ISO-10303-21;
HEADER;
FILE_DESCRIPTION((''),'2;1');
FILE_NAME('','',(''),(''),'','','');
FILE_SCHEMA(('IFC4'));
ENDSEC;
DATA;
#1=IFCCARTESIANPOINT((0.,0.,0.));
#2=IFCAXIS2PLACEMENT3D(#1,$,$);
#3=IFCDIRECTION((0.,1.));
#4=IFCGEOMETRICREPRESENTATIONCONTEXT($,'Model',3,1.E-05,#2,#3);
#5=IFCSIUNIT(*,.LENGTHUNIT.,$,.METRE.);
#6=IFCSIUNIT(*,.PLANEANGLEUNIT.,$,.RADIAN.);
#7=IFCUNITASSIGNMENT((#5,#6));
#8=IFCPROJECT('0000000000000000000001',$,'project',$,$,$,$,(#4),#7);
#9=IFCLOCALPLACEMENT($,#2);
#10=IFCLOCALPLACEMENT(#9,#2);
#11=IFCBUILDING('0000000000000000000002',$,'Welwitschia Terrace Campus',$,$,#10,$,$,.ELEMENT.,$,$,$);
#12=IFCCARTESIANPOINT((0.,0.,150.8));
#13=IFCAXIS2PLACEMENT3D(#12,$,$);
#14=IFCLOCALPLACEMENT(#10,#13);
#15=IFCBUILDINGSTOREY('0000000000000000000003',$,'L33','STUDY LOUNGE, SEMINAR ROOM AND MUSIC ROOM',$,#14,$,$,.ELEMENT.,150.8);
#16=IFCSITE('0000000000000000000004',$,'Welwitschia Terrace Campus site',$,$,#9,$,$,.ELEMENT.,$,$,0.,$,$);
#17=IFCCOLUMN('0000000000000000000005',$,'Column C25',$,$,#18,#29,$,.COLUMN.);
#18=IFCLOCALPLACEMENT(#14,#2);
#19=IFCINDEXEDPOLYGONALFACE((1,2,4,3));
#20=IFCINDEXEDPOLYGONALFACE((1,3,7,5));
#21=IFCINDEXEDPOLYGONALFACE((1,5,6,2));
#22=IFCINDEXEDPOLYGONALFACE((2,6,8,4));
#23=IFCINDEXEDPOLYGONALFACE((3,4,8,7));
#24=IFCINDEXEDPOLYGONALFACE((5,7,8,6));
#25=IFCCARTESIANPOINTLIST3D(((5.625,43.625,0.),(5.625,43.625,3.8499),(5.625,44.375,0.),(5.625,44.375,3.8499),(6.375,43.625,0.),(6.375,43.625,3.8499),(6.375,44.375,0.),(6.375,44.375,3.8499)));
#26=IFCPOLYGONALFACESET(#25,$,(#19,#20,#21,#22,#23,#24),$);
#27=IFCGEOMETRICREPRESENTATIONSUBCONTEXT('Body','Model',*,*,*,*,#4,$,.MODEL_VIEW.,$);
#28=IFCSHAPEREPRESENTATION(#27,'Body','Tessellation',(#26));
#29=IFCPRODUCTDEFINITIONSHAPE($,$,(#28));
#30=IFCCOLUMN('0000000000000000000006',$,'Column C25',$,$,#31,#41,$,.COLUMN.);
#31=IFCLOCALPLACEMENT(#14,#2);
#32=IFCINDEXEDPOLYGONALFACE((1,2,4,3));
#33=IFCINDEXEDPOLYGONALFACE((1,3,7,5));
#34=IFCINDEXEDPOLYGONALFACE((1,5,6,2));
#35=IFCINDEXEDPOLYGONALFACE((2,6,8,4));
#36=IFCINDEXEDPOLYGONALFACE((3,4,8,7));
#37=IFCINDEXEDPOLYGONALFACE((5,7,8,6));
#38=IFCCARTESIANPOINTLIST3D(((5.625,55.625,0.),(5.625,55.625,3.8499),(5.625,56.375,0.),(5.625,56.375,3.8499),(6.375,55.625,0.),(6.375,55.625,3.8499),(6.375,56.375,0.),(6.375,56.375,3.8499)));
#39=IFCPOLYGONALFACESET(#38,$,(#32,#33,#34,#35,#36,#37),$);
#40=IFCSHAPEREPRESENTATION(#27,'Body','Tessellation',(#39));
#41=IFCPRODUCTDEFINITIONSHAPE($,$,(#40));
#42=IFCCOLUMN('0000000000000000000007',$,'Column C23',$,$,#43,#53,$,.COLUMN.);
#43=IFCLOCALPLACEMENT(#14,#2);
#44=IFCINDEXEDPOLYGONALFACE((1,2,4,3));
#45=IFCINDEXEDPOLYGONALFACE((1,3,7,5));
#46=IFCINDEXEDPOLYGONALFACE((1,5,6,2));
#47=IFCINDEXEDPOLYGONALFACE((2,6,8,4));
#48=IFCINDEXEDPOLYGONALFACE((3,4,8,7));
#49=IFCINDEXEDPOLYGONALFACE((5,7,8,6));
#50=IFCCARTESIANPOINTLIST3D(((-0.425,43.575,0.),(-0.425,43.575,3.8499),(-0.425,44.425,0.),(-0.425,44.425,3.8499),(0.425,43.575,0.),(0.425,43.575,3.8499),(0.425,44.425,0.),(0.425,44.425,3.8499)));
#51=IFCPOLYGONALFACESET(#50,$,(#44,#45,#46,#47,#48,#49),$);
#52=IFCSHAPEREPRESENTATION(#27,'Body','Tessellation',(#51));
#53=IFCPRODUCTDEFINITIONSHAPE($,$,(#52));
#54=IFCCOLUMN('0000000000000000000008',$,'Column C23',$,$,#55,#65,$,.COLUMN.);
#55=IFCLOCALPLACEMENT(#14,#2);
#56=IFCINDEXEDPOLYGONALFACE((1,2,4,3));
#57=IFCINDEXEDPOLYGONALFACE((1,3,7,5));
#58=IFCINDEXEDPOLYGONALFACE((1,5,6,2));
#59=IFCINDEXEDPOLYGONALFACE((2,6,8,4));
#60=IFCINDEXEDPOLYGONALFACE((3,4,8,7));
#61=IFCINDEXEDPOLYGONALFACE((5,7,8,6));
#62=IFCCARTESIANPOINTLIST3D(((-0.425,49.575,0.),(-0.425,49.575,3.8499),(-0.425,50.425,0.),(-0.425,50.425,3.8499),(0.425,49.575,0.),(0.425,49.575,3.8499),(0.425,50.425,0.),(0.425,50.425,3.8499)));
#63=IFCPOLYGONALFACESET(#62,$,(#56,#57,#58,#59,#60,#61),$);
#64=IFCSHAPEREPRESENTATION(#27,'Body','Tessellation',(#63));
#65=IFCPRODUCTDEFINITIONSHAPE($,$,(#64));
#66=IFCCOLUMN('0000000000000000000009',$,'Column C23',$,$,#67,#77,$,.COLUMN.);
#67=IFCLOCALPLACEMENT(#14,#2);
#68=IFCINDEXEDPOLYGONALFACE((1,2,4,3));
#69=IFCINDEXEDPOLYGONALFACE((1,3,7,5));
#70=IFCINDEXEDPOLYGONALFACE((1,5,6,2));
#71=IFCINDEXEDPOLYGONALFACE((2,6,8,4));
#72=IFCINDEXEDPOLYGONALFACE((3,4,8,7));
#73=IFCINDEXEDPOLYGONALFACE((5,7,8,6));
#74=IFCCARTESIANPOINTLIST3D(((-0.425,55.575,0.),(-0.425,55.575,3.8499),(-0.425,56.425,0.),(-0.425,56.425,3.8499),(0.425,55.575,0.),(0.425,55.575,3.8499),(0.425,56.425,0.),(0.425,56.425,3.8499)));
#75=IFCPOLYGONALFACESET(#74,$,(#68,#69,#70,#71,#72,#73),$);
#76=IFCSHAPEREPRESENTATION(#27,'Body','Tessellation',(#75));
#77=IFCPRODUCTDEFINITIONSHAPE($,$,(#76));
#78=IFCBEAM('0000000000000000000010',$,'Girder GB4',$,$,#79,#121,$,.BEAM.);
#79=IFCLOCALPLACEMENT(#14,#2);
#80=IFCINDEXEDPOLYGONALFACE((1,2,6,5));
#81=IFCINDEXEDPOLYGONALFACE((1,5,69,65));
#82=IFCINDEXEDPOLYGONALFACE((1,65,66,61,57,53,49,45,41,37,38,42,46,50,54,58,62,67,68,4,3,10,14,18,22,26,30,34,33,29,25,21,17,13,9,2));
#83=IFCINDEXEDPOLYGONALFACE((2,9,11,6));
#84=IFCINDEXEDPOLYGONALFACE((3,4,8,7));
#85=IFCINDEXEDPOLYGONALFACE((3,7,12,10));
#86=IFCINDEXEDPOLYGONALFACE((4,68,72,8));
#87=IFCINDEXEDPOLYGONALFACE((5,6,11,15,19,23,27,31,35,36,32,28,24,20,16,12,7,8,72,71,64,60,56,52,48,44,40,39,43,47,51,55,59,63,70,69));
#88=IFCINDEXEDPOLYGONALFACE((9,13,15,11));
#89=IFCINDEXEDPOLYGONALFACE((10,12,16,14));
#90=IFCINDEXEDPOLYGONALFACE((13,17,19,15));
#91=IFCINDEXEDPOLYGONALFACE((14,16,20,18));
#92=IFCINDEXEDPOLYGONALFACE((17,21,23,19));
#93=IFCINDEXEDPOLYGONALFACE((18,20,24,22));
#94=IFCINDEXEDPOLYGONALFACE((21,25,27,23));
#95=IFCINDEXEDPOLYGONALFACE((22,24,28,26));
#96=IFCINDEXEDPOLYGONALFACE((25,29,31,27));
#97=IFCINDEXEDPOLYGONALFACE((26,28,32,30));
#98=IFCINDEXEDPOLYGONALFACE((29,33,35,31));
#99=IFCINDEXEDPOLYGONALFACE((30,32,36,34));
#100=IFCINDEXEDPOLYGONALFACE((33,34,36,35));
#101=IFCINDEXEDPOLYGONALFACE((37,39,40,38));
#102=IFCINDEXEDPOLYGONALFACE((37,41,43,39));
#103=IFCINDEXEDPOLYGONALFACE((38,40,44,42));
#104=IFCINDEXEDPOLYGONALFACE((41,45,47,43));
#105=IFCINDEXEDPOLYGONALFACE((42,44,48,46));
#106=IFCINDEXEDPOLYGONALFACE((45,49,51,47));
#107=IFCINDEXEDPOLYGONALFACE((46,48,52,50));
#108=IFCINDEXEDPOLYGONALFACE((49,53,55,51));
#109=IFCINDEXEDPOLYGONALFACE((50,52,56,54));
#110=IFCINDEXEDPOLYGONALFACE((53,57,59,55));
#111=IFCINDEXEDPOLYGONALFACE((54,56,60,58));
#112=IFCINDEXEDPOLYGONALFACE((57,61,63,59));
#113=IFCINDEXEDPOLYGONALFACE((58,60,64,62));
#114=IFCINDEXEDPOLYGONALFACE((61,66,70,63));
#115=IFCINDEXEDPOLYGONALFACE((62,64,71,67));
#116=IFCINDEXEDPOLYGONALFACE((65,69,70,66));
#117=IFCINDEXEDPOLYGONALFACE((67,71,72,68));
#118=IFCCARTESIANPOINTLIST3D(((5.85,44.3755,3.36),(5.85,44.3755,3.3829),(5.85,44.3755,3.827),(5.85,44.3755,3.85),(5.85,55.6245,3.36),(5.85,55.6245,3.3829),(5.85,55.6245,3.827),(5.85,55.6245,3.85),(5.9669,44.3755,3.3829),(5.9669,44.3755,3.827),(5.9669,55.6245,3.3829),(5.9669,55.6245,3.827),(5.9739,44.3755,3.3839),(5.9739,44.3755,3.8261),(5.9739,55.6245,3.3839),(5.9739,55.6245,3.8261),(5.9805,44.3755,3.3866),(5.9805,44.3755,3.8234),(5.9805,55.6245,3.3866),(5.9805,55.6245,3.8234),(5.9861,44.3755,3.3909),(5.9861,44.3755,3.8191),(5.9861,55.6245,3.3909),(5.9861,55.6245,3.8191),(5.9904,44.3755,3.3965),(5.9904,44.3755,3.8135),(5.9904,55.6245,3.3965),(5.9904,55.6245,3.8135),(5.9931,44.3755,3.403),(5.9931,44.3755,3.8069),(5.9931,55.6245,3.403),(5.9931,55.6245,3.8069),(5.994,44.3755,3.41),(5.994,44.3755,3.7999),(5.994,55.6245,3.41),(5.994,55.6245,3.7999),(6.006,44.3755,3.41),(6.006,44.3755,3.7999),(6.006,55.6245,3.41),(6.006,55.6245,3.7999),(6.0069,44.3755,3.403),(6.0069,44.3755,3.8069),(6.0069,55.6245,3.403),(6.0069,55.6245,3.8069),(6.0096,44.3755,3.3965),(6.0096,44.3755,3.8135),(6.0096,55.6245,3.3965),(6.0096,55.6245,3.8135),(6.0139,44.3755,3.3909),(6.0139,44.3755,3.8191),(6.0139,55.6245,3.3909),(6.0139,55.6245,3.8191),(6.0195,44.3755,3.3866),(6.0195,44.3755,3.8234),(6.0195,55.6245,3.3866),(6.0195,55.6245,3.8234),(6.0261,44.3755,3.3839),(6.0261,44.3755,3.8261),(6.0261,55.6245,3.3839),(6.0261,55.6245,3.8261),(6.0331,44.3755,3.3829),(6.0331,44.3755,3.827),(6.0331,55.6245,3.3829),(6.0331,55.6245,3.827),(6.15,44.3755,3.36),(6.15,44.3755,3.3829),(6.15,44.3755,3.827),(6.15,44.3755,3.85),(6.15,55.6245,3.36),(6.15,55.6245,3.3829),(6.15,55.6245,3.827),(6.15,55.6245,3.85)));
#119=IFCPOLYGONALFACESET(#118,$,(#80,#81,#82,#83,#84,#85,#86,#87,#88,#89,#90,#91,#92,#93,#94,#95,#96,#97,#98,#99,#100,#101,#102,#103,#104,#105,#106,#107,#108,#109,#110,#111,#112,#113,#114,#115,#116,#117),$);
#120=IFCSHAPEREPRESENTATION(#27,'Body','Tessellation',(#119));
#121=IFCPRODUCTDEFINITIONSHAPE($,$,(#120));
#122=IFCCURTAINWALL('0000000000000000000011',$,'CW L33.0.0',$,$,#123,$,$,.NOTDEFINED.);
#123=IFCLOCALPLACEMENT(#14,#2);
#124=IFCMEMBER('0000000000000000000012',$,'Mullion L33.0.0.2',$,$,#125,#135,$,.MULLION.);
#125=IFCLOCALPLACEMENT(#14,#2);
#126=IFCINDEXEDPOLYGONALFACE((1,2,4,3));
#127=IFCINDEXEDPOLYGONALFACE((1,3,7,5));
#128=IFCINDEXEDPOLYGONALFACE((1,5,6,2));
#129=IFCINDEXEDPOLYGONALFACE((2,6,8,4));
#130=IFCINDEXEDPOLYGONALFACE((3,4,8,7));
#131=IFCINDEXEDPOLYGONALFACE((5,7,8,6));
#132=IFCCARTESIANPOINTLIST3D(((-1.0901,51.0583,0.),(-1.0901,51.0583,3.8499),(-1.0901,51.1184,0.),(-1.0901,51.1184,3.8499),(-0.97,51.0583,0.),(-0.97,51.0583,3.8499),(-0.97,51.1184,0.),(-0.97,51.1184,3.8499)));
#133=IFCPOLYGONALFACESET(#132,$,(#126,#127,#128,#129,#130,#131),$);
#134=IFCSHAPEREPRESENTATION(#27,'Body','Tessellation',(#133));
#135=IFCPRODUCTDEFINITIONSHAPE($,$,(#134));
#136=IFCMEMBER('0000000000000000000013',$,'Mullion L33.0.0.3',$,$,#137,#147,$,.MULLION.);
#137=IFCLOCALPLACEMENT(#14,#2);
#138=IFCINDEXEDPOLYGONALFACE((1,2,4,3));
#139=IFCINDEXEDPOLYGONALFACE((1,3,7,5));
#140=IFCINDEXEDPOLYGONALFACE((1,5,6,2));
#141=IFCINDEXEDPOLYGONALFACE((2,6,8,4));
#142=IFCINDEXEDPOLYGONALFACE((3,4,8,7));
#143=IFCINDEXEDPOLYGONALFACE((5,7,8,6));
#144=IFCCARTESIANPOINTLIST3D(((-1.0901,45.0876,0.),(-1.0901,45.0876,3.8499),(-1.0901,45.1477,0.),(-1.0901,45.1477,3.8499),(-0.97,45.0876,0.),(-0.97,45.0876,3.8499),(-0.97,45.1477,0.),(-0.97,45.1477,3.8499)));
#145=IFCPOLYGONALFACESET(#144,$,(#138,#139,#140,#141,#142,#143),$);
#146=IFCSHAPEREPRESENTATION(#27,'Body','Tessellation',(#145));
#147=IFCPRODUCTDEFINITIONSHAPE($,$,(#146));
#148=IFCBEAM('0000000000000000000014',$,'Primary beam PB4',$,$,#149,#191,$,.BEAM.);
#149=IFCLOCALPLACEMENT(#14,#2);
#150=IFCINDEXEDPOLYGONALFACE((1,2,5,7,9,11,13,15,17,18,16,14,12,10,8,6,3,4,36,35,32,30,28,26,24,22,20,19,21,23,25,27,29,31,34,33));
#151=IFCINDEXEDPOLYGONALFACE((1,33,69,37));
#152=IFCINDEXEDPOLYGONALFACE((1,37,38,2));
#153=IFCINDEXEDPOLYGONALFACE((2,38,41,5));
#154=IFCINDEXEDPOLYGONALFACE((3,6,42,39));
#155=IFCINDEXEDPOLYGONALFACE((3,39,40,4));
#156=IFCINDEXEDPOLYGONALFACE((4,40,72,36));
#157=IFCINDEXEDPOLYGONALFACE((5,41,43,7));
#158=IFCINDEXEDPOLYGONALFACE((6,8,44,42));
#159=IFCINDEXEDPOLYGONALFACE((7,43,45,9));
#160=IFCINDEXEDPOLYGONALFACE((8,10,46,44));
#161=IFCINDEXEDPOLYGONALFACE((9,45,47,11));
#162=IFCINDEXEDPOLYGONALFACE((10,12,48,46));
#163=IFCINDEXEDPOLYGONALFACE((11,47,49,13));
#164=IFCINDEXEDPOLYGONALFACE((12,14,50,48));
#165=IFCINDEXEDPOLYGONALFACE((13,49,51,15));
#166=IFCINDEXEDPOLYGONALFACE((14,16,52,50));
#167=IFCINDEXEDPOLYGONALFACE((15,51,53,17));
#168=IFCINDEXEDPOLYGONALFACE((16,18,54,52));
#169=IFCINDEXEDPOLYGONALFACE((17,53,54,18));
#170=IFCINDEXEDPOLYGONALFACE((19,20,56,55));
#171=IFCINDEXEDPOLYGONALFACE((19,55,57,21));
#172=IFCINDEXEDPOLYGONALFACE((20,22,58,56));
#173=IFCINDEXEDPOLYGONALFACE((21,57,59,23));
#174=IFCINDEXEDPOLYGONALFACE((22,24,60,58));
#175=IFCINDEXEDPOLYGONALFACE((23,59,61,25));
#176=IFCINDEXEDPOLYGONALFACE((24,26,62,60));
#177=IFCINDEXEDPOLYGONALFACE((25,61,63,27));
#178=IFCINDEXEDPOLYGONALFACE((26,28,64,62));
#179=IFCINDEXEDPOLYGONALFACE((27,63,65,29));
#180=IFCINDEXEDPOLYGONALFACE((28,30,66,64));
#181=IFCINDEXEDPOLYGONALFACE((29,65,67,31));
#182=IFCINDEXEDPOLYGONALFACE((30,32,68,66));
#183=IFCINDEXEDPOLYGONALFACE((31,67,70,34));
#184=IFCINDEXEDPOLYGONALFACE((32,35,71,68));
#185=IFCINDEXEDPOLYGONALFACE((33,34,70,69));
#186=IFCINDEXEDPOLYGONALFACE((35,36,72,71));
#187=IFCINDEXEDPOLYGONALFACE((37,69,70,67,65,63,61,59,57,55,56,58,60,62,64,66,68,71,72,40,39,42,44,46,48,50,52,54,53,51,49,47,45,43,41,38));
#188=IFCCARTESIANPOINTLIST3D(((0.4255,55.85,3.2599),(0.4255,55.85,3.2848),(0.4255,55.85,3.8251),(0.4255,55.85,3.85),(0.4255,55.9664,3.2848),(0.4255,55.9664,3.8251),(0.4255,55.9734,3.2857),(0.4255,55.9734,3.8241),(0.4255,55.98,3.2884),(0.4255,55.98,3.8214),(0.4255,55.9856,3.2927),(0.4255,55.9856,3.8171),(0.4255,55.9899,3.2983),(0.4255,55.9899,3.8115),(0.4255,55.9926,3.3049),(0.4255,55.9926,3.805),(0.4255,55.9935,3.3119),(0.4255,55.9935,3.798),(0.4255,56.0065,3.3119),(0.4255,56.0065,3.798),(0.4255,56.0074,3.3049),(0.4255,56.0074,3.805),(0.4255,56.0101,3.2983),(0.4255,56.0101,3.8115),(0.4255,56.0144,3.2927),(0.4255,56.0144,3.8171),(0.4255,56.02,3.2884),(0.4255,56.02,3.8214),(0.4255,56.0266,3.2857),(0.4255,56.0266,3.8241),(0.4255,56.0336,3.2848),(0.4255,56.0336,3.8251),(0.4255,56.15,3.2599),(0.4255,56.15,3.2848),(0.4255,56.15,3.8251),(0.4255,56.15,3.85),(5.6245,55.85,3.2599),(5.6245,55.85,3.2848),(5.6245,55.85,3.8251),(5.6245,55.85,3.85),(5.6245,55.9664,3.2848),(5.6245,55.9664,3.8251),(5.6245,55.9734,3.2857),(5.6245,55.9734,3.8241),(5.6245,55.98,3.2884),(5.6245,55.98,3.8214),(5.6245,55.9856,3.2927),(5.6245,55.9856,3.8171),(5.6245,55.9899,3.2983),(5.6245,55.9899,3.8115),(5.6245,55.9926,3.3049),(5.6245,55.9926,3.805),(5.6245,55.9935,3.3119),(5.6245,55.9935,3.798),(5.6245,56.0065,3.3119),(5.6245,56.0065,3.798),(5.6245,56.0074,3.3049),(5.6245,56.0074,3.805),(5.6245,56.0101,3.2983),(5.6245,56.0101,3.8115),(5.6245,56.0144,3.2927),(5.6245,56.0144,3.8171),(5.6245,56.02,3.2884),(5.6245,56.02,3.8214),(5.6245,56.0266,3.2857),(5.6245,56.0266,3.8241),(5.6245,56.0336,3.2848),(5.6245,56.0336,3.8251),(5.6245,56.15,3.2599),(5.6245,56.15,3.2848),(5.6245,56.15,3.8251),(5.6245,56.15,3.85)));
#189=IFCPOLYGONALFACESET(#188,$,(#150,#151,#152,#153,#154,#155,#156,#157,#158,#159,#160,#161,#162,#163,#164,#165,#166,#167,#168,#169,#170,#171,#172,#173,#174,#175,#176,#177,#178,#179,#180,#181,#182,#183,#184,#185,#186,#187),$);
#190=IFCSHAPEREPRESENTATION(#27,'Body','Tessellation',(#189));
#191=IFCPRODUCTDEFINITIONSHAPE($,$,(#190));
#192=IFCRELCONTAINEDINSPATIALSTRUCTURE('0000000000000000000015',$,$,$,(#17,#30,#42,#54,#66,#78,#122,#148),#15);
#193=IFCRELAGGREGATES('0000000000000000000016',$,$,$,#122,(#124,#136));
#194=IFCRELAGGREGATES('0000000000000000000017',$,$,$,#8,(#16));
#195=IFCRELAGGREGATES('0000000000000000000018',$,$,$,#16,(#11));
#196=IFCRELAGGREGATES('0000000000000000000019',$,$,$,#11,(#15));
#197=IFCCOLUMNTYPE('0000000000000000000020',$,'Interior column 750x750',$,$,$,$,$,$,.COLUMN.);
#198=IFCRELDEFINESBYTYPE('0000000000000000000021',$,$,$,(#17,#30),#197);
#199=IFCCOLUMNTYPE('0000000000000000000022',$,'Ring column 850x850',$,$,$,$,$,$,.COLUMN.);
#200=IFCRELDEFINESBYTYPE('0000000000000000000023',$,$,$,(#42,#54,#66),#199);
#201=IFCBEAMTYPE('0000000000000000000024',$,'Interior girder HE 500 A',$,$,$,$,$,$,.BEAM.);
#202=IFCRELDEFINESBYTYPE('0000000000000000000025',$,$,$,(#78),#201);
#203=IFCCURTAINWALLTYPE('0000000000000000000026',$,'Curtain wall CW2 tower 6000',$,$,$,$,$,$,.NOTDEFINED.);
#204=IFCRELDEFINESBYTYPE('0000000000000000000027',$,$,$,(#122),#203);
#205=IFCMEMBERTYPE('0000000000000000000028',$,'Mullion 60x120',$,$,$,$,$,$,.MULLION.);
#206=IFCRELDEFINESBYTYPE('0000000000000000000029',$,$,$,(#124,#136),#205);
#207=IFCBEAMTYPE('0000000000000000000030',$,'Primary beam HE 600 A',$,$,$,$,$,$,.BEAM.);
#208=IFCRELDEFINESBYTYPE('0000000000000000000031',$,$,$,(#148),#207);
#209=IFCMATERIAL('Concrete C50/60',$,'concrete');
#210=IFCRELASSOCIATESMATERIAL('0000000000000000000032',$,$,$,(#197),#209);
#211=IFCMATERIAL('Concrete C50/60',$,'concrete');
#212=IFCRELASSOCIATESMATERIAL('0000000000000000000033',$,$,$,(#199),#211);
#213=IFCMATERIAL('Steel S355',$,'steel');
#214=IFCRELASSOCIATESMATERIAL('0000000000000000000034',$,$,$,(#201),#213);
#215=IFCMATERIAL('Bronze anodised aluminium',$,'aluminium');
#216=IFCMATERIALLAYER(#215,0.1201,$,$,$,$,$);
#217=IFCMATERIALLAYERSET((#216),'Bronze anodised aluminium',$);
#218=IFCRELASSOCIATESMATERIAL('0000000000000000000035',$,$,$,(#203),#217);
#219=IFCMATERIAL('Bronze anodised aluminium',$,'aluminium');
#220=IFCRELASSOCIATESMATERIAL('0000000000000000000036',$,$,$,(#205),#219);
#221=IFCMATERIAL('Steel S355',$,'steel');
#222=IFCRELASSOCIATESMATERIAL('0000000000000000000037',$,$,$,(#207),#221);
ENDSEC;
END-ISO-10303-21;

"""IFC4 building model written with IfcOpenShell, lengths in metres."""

from ifc_helpers import new_model, si_unit, direction, frame, origin, origin_2d, place, context, subcontext, project, spatial, rectangle, i_section, extrude, material, layer, layer_set, material_profile, profile_set, type_object, element, aggregate, save


model = new_model("IFC4")

# Units and contexts
model_context = context("Model", 3, precision=1e-05, world=origin(), true_north=direction((0.0, 1.0)))
body_context = subcontext(model_context, "Body", "Model", "MODEL_VIEW")
ifc_project = project(units=[si_unit("LENGTHUNIT", "METRE"), si_unit("PLANEANGLEUNIT", "RADIAN")], contexts=[model_context])

# Site, building, storey
site_placement = place(None, origin())
site = spatial("IfcSite", under=ifc_project, at=site_placement, Name="Welwitschia Terrace Campus site", CompositionType="ELEMENT", RefElevation=0.0)
building_placement = place(site_placement, origin())
building = spatial("IfcBuilding", under=site, at=building_placement, Name="Welwitschia Terrace Campus", CompositionType="ELEMENT")
storey_placement = place(building_placement, frame((0.0, 0.0, 150.8)))
storey = spatial("IfcBuildingStorey", under=building, at=storey_placement, Name="L33", Description="STUDY LOUNGE, SEMINAR ROOM AND MUSIC ROOM", CompositionType="ELEMENT", Elevation=150.8)

# Columns
ifc_material_1 = material(Name="Concrete C50/60", Category="concrete")
ifc_material_profile_1 = material_profile(ifc_material_1, rectangle(XDim=0.75, YDim=0.75, at=origin_2d()))
ifc_profile_set_1 = profile_set([ifc_material_profile_1], Name="Concrete C50/60")
column_type_1 = type_object("IfcColumnType", Name="Interior column 750x750", PredefinedType="COLUMN", material=ifc_profile_set_1)
for number, where, z_axis, x_axis, name in (
    (1, (6.0, 44.0, 0.0), (0.0, 0.0, 1.0), (1.0, 0.0, 0.0), "Column C25"),
    (2, (6.0, 56.0, 0.0), (0.0, 0.0, 1.0), (1.0, 0.0, 0.0), "Column C25"),
):
    element("IfcColumn", number, at=place(storey_placement, frame(where, z_axis=z_axis, x_axis=x_axis)), inside=storey, type_object=column_type_1, Name=name, PredefinedType="COLUMN", context=body_context, shape_type="SweptSolid", body=[
        extrude(rectangle(XDim=0.75, YDim=0.75, at=origin_2d()), origin(), (0.0, 0.0, 1.0), 3.8499),
    ])
ifc_material_2 = material(Name="Concrete C50/60", Category="concrete")
ifc_material_profile_2 = material_profile(ifc_material_2, rectangle(XDim=0.8501, YDim=0.8501, at=origin_2d()))
ifc_profile_set_2 = profile_set([ifc_material_profile_2], Name="Concrete C50/60")
column_type_2 = type_object("IfcColumnType", Name="Ring column 850x850", PredefinedType="COLUMN", material=ifc_profile_set_2)
for number, where, z_axis, x_axis, name in (
    (3, (0.0, 44.0, 0.0), (0.0, 0.0, 1.0), (1.0, 0.0, 0.0), "Column C23"),
    (4, (0.0, 50.0, 0.0), (0.0, 0.0, 1.0), (1.0, 0.0, 0.0), "Column C23"),
    (5, (0.0, 56.0, 0.0), (0.0, 0.0, 1.0), (1.0, 0.0, 0.0), "Column C23"),
):
    element("IfcColumn", number, at=place(storey_placement, frame(where, z_axis=z_axis, x_axis=x_axis)), inside=storey, type_object=column_type_2, Name=name, PredefinedType="COLUMN", context=body_context, shape_type="SweptSolid", body=[
        extrude(rectangle(XDim=0.8501, YDim=0.8501, at=origin_2d()), origin(), (0.0, 0.0, 1.0), 3.8499),
    ])

# Beam
ifc_material_3 = material(Name="Steel S355", Category="steel")
ifc_material_profile_3 = material_profile(ifc_material_3, i_section(OverallWidth=0.3, OverallDepth=0.49, WebThickness=0.012, FlangeThickness=0.0229, FilletRadius=0.0271, at=origin_2d()))
ifc_profile_set_3 = profile_set([ifc_material_profile_3], Name="Steel S355")
beam_type_1 = type_object("IfcBeamType", Name="Interior girder HE 500 A", PredefinedType="BEAM", material=ifc_profile_set_3)
beam_placement = place(storey_placement, frame((6.0, 44.3755, 3.605), z_axis=(0.0, 1.0, 0.0), x_axis=(-1.0, 0.0, 0.0)))
element("IfcBeam", 6, at=beam_placement, inside=storey, type_object=beam_type_1, Name="Girder GB4", PredefinedType="BEAM", context=body_context, shape_type="SweptSolid", body=[
    extrude(i_section(OverallWidth=0.3, OverallDepth=0.49, WebThickness=0.012, FlangeThickness=0.0229, FilletRadius=0.0271, at=origin_2d()), origin(), (0.0, 0.0, 1.0), 11.249),
])

# Curtain wall, members
ifc_material_4 = material(Name="Bronze anodised aluminium", Category="aluminium")
ifc_layer_1 = layer(ifc_material_4, 0.1201)
ifc_layer_set_1 = layer_set([ifc_layer_1], Name="Bronze anodised aluminium")
curtain_wall_type = type_object("IfcCurtainWallType", Name="Curtain wall CW2 tower 6000", PredefinedType="NOTDEFINED", material=ifc_layer_set_1)
curtain_wall_placement = place(storey_placement, origin())
curtain_wall = element("IfcCurtainWall", 7, at=curtain_wall_placement, inside=storey, type_object=curtain_wall_type, Name="CW L33.0.0", PredefinedType="NOTDEFINED")
ifc_material_5 = material(Name="Bronze anodised aluminium", Category="aluminium")
ifc_material_profile_4 = material_profile(ifc_material_5, rectangle(XDim=0.1201, YDim=0.0601, at=origin_2d()))
ifc_profile_set_4 = profile_set([ifc_material_profile_4], Name="Bronze anodised aluminium")
member_type = type_object("IfcMemberType", Name="Mullion 60x120", PredefinedType="MULLION", material=ifc_profile_set_4)
member_1_placement = place(storey_placement, frame((-1.03, 51.0884, 0.0), z_axis=(0.0, 0.0, 1.0), x_axis=(1.0, 0.0, 0.0)))
member_1 = element("IfcMember", 8, at=member_1_placement, type_object=member_type, Name="Mullion L33.0.0.2", PredefinedType="MULLION", context=body_context, shape_type="SweptSolid", body=[
    extrude(rectangle(XDim=0.1201, YDim=0.0601, at=origin_2d()), origin(), (0.0, 0.0, 1.0), 3.8499),
])
member_2_placement = place(storey_placement, frame((-1.03, 45.1177, 0.0), z_axis=(0.0, 0.0, 1.0), x_axis=(1.0, 0.0, 0.0)))
member_2 = element("IfcMember", 9, at=member_2_placement, type_object=member_type, Name="Mullion L33.0.0.3", PredefinedType="MULLION", context=body_context, shape_type="SweptSolid", body=[
    extrude(rectangle(XDim=0.1201, YDim=0.0601, at=origin_2d()), origin(), (0.0, 0.0, 1.0), 3.8499),
])

# Beam
ifc_material_6 = material(Name="Steel S355", Category="steel")
ifc_material_profile_5 = material_profile(ifc_material_6, i_section(OverallWidth=0.3, OverallDepth=0.5901, WebThickness=0.0129, FlangeThickness=0.0249, FilletRadius=0.0271, at=origin_2d()))
ifc_profile_set_5 = profile_set([ifc_material_profile_5], Name="Steel S355")
beam_type_2 = type_object("IfcBeamType", Name="Primary beam HE 600 A", PredefinedType="BEAM", material=ifc_profile_set_5)
for number, where, z_axis, x_axis, name in (
    (10, (0.4255, 56.0, 3.5549), (1.0, 0.0, 0.0), (0.0, 1.0, 0.0), "Primary beam PB4"),
):
    element("IfcBeam", number, at=place(storey_placement, frame(where, z_axis=z_axis, x_axis=x_axis)), inside=storey, type_object=beam_type_2, Name=name, PredefinedType="BEAM", context=body_context, shape_type="SweptSolid", body=[
        extrude(i_section(OverallWidth=0.3, OverallDepth=0.5901, WebThickness=0.0129, FlangeThickness=0.0249, FilletRadius=0.0271, at=origin_2d()), origin(), (0.0, 0.0, 1.0), 5.199),
    ])

aggregate(curtain_wall, [member_1, member_2])

save(model, "model.ifc")
